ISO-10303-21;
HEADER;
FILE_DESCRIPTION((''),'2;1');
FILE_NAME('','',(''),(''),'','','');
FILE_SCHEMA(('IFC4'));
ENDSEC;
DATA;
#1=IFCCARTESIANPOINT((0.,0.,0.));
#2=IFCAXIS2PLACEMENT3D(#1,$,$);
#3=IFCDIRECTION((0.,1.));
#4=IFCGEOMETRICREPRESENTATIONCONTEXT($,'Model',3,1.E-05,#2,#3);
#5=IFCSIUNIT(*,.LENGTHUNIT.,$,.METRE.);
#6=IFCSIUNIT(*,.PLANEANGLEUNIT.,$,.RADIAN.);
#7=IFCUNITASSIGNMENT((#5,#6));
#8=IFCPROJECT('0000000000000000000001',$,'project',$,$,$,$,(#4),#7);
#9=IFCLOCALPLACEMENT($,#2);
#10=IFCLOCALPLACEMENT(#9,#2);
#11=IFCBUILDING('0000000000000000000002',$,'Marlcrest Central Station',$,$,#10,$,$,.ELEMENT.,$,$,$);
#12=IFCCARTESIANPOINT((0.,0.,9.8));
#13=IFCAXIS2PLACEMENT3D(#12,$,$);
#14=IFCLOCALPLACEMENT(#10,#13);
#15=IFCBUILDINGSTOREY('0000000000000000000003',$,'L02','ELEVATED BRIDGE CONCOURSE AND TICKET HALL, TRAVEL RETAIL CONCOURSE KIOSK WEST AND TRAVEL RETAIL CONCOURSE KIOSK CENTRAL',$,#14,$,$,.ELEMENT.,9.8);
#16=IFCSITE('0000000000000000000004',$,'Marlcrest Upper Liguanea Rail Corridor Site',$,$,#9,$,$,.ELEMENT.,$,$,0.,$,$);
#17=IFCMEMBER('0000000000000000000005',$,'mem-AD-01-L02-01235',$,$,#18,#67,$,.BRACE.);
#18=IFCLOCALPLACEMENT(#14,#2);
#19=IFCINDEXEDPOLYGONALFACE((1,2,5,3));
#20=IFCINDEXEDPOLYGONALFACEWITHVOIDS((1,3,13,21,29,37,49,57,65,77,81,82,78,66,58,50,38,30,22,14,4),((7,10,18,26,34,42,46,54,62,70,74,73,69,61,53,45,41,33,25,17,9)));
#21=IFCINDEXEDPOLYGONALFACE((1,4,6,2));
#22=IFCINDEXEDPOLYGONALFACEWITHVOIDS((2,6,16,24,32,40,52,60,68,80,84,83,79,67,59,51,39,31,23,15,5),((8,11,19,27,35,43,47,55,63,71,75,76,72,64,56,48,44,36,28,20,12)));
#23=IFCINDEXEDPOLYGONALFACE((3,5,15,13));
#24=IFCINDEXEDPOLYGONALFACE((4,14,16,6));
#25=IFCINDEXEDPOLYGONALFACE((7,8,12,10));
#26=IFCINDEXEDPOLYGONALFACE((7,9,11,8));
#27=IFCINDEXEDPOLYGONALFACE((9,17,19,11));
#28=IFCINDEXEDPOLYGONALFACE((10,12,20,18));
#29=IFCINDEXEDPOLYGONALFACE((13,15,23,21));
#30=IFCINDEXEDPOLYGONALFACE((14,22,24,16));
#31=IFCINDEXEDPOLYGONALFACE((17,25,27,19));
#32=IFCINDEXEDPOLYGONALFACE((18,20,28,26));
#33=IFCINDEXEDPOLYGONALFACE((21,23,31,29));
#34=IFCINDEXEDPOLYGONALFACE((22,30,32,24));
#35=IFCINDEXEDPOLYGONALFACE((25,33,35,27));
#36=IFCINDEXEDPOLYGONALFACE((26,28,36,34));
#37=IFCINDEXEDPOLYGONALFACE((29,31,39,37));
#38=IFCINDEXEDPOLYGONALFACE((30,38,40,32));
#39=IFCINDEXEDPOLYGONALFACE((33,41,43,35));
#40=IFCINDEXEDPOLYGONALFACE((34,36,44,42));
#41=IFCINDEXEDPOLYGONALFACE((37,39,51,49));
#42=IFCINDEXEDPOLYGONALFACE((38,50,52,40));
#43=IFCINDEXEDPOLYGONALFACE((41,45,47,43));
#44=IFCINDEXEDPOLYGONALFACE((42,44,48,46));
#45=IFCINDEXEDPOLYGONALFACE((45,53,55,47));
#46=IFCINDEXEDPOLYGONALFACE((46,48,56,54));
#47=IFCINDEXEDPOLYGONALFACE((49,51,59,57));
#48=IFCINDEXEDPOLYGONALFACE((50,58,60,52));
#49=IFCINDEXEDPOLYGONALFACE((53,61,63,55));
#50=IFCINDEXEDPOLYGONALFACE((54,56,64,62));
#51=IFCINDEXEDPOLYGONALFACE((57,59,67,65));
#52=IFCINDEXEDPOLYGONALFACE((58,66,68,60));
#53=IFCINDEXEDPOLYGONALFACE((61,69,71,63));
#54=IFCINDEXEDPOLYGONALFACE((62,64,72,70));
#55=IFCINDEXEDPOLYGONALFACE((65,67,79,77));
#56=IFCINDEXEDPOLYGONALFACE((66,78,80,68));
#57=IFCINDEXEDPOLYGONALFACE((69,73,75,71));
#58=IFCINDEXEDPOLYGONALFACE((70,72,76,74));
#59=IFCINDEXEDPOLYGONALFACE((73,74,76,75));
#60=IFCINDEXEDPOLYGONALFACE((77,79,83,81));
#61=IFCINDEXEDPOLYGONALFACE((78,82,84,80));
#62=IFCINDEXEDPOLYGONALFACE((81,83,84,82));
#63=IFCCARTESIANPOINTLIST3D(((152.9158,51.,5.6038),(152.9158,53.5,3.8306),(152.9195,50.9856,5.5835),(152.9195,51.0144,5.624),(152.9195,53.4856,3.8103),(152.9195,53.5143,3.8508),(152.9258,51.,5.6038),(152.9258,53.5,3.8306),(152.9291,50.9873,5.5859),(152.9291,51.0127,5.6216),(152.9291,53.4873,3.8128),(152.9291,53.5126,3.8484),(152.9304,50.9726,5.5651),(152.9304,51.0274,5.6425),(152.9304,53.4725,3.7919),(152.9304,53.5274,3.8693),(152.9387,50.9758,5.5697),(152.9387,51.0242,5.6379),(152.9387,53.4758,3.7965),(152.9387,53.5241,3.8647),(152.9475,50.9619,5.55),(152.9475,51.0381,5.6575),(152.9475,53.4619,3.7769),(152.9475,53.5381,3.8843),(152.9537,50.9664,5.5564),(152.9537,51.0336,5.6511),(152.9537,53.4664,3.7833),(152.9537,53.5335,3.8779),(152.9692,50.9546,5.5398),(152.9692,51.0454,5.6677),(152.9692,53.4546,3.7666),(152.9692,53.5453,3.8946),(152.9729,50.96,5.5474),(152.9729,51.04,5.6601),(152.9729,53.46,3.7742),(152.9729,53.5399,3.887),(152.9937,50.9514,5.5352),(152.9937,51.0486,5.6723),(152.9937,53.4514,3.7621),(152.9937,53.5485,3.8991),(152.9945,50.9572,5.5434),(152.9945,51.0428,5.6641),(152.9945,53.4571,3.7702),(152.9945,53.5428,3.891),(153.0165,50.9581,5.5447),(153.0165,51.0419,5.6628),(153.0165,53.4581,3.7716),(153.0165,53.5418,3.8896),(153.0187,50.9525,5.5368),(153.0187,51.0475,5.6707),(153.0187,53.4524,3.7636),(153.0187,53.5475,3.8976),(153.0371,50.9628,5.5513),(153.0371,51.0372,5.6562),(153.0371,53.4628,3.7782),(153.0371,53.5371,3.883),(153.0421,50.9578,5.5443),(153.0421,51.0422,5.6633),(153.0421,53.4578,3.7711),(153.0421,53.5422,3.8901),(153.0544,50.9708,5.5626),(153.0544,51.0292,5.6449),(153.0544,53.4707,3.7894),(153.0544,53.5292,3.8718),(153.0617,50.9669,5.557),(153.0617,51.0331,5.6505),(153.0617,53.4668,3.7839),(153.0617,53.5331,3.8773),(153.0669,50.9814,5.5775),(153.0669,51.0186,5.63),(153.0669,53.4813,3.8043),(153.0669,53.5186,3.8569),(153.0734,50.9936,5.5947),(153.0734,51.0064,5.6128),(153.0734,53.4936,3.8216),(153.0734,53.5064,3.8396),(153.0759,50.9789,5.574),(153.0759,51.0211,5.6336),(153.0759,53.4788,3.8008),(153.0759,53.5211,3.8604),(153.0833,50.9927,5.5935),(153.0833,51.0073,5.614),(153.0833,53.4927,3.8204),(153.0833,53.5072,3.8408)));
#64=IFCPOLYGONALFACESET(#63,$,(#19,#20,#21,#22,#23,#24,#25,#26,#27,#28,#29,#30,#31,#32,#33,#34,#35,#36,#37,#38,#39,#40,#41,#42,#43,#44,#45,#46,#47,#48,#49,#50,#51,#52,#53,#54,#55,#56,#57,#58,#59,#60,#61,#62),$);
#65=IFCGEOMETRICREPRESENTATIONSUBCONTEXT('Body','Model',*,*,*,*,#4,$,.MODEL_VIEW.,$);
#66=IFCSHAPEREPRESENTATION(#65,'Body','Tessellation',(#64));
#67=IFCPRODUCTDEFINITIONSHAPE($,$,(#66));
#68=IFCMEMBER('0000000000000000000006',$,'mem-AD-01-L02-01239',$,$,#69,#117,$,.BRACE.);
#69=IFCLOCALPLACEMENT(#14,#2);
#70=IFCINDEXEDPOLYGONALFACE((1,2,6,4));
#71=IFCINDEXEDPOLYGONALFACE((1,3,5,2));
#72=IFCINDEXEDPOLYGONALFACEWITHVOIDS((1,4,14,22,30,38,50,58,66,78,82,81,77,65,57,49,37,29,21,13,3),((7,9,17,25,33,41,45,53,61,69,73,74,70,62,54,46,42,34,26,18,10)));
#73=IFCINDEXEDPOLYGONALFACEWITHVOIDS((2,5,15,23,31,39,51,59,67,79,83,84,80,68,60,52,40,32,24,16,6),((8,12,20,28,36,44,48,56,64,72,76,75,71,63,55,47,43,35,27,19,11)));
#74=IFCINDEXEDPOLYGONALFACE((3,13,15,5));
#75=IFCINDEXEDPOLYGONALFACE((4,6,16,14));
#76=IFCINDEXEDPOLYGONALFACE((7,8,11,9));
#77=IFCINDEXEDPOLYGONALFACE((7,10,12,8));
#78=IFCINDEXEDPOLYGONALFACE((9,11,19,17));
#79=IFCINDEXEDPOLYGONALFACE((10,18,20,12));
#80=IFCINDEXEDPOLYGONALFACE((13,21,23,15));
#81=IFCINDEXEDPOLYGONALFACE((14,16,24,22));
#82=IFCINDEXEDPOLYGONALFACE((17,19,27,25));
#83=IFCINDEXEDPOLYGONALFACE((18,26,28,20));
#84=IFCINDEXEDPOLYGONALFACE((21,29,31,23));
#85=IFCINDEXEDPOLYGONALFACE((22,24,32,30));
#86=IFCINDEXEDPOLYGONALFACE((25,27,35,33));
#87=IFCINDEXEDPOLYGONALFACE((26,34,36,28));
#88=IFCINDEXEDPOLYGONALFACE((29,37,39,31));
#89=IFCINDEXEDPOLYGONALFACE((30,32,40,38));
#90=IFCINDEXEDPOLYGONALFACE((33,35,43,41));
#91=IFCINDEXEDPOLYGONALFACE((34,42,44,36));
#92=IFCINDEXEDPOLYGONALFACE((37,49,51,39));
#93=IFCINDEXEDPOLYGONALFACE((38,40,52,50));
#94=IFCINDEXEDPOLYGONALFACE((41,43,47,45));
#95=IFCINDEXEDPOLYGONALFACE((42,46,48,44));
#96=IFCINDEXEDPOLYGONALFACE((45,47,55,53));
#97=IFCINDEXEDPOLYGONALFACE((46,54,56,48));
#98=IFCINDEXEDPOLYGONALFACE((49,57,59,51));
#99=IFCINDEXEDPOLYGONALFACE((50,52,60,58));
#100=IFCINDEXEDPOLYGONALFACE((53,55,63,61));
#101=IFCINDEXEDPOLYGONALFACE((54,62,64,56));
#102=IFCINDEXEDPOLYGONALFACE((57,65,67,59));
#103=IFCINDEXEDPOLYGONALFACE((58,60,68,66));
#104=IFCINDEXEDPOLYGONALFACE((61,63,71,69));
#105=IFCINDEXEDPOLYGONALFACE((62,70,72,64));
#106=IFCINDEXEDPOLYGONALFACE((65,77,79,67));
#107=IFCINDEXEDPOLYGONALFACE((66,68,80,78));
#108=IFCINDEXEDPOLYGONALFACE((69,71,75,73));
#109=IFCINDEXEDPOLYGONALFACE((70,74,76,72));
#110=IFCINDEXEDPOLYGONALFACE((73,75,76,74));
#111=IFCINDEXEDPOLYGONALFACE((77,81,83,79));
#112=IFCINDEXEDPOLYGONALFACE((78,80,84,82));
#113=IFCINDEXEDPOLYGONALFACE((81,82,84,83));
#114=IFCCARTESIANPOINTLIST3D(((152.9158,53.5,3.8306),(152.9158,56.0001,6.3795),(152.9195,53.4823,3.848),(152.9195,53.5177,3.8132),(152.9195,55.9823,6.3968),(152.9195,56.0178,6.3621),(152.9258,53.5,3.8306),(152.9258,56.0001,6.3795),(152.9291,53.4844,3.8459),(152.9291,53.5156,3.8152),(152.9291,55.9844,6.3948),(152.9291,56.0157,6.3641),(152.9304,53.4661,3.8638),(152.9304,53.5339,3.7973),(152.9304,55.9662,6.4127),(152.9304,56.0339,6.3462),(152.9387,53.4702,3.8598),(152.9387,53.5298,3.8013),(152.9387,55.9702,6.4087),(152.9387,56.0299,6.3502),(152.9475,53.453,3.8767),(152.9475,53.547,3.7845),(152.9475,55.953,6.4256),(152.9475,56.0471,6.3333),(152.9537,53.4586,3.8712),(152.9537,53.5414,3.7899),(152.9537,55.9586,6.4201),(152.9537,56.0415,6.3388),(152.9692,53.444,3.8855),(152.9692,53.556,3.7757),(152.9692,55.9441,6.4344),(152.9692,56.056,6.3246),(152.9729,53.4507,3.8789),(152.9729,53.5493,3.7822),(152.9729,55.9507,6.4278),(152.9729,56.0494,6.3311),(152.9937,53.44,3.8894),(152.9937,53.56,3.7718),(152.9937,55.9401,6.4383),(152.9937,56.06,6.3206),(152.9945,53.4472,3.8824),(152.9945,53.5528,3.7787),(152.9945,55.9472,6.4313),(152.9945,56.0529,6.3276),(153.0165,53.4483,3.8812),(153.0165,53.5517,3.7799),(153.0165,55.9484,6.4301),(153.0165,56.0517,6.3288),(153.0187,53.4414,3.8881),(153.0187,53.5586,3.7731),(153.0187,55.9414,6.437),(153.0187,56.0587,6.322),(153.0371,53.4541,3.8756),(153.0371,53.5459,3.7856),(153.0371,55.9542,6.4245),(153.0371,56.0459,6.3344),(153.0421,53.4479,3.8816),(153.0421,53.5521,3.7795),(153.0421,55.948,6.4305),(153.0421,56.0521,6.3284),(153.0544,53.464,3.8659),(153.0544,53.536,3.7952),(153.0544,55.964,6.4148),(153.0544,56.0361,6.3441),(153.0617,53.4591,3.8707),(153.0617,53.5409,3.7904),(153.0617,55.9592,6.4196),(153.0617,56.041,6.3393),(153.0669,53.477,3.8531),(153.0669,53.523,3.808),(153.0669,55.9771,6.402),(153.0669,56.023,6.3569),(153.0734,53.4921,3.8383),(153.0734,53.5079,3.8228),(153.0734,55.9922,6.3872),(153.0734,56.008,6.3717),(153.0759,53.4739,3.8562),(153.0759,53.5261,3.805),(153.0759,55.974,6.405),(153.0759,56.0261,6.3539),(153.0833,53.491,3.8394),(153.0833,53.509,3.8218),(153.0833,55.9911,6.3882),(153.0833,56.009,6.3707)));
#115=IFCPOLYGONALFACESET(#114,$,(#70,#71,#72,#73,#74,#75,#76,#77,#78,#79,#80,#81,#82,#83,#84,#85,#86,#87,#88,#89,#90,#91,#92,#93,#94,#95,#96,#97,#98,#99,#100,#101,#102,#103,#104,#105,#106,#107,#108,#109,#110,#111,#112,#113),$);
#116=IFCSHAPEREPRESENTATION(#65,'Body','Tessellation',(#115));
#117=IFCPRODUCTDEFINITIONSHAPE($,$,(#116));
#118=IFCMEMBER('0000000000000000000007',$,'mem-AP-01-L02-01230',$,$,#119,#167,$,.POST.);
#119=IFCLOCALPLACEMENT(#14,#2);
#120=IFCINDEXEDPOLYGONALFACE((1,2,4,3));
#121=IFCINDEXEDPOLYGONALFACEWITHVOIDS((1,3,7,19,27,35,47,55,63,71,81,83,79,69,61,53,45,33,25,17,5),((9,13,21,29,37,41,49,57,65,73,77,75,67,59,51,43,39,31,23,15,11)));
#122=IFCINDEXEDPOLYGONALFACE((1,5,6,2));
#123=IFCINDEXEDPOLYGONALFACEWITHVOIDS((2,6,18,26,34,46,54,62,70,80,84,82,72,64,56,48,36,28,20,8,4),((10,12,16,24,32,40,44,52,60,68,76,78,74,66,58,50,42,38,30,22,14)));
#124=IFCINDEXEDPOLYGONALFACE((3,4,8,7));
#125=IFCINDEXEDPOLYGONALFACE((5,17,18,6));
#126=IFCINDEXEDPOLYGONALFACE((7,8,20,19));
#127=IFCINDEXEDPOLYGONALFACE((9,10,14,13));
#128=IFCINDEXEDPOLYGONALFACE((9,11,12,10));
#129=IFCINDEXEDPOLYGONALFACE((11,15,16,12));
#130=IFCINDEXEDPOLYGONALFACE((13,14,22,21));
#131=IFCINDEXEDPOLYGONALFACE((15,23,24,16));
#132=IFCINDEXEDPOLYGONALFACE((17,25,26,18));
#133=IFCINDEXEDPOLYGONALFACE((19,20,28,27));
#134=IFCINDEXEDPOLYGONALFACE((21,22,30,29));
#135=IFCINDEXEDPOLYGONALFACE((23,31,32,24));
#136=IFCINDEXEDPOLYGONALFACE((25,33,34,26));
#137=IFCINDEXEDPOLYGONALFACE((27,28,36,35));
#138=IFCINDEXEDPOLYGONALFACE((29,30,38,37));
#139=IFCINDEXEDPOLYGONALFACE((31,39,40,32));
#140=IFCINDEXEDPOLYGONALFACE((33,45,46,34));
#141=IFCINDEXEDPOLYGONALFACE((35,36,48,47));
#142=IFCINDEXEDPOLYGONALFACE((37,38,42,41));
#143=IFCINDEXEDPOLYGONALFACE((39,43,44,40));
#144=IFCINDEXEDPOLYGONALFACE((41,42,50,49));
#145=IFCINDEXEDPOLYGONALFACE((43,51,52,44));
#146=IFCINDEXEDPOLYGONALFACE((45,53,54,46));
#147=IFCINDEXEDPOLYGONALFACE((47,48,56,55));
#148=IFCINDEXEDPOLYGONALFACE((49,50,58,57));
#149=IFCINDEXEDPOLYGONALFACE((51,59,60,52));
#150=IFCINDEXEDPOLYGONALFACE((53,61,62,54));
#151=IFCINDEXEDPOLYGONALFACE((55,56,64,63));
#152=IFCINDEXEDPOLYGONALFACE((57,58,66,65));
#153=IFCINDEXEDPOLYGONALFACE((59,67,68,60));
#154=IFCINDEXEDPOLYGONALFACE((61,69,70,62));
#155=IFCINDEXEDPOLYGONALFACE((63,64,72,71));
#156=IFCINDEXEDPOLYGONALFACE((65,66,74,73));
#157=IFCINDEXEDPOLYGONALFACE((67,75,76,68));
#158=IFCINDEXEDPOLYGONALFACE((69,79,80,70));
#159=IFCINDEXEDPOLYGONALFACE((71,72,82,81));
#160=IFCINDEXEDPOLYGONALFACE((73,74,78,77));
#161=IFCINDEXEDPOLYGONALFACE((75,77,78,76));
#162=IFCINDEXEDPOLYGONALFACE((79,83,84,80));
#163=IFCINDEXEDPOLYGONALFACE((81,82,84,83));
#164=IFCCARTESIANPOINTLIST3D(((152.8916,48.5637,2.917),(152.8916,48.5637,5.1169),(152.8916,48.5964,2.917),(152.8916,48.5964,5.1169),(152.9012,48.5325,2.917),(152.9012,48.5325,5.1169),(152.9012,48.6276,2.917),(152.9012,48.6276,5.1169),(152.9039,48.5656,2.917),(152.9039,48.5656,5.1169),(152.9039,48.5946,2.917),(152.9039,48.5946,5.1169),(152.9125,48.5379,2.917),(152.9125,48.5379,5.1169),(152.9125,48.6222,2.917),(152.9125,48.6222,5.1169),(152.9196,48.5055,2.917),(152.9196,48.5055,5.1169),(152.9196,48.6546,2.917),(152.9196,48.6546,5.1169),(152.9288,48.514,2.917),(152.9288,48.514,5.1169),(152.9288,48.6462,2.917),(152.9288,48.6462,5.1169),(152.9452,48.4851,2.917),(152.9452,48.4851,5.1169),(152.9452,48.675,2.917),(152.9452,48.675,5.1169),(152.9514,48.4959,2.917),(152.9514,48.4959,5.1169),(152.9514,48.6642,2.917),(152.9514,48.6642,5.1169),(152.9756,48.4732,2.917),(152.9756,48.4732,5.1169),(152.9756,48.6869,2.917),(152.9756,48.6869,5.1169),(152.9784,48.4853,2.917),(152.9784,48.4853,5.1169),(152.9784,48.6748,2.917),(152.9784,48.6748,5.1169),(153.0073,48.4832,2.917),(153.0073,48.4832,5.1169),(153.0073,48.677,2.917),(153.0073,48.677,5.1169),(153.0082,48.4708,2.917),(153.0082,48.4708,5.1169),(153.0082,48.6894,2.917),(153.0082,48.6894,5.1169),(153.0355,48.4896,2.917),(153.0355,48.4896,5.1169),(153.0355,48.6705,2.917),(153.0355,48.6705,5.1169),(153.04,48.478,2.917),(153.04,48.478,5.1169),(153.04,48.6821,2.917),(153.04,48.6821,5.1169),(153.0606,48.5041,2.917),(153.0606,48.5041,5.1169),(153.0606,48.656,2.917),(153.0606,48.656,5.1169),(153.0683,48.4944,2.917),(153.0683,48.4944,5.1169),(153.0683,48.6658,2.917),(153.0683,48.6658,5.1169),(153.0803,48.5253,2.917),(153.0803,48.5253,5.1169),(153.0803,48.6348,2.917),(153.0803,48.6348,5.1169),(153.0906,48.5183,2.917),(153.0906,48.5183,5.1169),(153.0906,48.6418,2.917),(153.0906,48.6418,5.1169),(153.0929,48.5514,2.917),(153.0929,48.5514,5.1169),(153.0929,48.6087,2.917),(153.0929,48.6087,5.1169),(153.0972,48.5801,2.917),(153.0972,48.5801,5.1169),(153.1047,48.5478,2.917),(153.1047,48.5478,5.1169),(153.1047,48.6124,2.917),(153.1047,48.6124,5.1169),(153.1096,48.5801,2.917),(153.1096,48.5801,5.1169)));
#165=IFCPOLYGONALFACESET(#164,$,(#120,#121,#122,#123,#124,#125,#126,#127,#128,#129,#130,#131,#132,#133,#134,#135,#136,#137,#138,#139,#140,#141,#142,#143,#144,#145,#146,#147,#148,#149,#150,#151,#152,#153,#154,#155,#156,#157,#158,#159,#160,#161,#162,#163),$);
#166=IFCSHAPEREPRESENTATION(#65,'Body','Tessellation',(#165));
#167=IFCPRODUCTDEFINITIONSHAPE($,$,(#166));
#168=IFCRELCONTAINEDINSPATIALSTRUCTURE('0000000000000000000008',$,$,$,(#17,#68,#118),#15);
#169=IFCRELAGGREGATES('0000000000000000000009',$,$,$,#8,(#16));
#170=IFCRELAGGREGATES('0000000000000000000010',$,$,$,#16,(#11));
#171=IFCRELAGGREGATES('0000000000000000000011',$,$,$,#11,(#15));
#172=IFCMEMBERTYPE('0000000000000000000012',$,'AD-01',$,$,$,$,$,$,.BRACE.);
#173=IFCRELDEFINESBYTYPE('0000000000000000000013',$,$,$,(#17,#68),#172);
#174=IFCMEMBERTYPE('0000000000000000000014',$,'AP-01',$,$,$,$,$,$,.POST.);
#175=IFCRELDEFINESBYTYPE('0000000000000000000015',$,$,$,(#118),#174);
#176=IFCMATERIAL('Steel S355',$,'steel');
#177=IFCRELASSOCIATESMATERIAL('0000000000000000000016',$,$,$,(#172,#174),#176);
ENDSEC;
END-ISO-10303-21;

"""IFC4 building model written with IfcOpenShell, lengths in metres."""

from ifc_helpers import new_model, si_unit, direction, frame, origin, origin_2d, place, context, subcontext, project, spatial, hollow_circle, extrude, material, material_profile, profile_set, type_object, element, save


model = new_model("IFC4")

# Units and contexts
model_context = context("Model", 3, precision=1e-05, world=origin(), true_north=direction((0.0, 1.0)))
body_context = subcontext(model_context, "Body", "Model", "MODEL_VIEW")
ifc_project = project(units=[si_unit("LENGTHUNIT", "METRE"), si_unit("PLANEANGLEUNIT", "RADIAN")], contexts=[model_context])

# Site, building, storey
site_placement = place(None, origin())
site = spatial("IfcSite", under=ifc_project, at=site_placement, Name="Marlcrest Upper Liguanea Rail Corridor Site", CompositionType="ELEMENT", RefElevation=0.0)
building_placement = place(site_placement, origin())
building = spatial("IfcBuilding", under=site, at=building_placement, Name="Marlcrest Central Station", CompositionType="ELEMENT")
storey_placement = place(building_placement, frame((0.0, 0.0, 9.8)))
storey = spatial("IfcBuildingStorey", under=building, at=storey_placement, Name="L02", Description="ELEVATED BRIDGE CONCOURSE AND TICKET HALL, TRAVEL RETAIL CONCOURSE KIOSK WEST AND TRAVEL RETAIL CONCOURSE KIOSK CENTRAL", CompositionType="ELEMENT", Elevation=9.8)

# Members
ifc_material = material(Name="Steel S355", Category="steel")
ifc_material_profile_1 = material_profile(ifc_material, hollow_circle(Radius=0.0842, WallThickness=0.01, at=origin_2d()), Name="CHS 168.3x10")
ifc_profile_set_1 = profile_set([ifc_material_profile_1], Name="Steel S355")
member_type_1 = type_object("IfcMemberType", Name="AD-01", PredefinedType="BRACE", material=ifc_profile_set_1)
member_1_placement = place(storey_placement, frame((153.0, 51.0, 5.6038), z_axis=(0.0, 0.815661, -0.57853), x_axis=(-1.0, 0.0, 0.0)))
element("IfcMember", 1, at=member_1_placement, inside=storey, type_object=member_type_1, Name="mem-AD-01-L02-01235", PredefinedType="BRACE", context=body_context, shape_type="SweptSolid", body=[
    extrude(hollow_circle(Radius=0.0842, WallThickness=0.01, at=origin_2d()), origin(), (0.0, 0.0, 1.0), 3.0649),
])
member_2_placement = place(storey_placement, frame((153.0, 53.5, 3.8306), z_axis=(0.0, 0.700235, 0.713912), x_axis=(-1.0, 0.0, 0.0)))
element("IfcMember", 2, at=member_2_placement, inside=storey, type_object=member_type_1, Name="mem-AD-01-L02-01239", PredefinedType="BRACE", context=body_context, shape_type="SweptSolid", body=[
    extrude(hollow_circle(Radius=0.0842, WallThickness=0.01, at=origin_2d()), origin(), (0.0, 0.0, 1.0), 3.5703),
])
ifc_material_profile_2 = material_profile(ifc_material, hollow_circle(Radius=0.1096, WallThickness=0.0125, at=origin_2d()), Name="CHS 219.1x12.5")
ifc_profile_set_2 = profile_set([ifc_material_profile_2], Name="Steel S355")
member_type_2 = type_object("IfcMemberType", Name="AP-01", PredefinedType="POST", material=ifc_profile_set_2)
for number, where, z_axis, x_axis, name in (
    (3, (153.0, 48.5801, 2.917), (0.0, 0.0, 1.0), (1.0, 0.0, 0.0), "mem-AP-01-L02-01230"),
):
    element("IfcMember", number, at=place(storey_placement, frame(where, z_axis=z_axis, x_axis=x_axis)), inside=storey, type_object=member_type_2, Name=name, PredefinedType="POST", context=body_context, shape_type="SweptSolid", body=[
        extrude(hollow_circle(Radius=0.1096, WallThickness=0.0125, at=origin_2d()), origin(), (0.0, 0.0, 1.0), 2.2),
    ])

save(model, "model.ifc")
